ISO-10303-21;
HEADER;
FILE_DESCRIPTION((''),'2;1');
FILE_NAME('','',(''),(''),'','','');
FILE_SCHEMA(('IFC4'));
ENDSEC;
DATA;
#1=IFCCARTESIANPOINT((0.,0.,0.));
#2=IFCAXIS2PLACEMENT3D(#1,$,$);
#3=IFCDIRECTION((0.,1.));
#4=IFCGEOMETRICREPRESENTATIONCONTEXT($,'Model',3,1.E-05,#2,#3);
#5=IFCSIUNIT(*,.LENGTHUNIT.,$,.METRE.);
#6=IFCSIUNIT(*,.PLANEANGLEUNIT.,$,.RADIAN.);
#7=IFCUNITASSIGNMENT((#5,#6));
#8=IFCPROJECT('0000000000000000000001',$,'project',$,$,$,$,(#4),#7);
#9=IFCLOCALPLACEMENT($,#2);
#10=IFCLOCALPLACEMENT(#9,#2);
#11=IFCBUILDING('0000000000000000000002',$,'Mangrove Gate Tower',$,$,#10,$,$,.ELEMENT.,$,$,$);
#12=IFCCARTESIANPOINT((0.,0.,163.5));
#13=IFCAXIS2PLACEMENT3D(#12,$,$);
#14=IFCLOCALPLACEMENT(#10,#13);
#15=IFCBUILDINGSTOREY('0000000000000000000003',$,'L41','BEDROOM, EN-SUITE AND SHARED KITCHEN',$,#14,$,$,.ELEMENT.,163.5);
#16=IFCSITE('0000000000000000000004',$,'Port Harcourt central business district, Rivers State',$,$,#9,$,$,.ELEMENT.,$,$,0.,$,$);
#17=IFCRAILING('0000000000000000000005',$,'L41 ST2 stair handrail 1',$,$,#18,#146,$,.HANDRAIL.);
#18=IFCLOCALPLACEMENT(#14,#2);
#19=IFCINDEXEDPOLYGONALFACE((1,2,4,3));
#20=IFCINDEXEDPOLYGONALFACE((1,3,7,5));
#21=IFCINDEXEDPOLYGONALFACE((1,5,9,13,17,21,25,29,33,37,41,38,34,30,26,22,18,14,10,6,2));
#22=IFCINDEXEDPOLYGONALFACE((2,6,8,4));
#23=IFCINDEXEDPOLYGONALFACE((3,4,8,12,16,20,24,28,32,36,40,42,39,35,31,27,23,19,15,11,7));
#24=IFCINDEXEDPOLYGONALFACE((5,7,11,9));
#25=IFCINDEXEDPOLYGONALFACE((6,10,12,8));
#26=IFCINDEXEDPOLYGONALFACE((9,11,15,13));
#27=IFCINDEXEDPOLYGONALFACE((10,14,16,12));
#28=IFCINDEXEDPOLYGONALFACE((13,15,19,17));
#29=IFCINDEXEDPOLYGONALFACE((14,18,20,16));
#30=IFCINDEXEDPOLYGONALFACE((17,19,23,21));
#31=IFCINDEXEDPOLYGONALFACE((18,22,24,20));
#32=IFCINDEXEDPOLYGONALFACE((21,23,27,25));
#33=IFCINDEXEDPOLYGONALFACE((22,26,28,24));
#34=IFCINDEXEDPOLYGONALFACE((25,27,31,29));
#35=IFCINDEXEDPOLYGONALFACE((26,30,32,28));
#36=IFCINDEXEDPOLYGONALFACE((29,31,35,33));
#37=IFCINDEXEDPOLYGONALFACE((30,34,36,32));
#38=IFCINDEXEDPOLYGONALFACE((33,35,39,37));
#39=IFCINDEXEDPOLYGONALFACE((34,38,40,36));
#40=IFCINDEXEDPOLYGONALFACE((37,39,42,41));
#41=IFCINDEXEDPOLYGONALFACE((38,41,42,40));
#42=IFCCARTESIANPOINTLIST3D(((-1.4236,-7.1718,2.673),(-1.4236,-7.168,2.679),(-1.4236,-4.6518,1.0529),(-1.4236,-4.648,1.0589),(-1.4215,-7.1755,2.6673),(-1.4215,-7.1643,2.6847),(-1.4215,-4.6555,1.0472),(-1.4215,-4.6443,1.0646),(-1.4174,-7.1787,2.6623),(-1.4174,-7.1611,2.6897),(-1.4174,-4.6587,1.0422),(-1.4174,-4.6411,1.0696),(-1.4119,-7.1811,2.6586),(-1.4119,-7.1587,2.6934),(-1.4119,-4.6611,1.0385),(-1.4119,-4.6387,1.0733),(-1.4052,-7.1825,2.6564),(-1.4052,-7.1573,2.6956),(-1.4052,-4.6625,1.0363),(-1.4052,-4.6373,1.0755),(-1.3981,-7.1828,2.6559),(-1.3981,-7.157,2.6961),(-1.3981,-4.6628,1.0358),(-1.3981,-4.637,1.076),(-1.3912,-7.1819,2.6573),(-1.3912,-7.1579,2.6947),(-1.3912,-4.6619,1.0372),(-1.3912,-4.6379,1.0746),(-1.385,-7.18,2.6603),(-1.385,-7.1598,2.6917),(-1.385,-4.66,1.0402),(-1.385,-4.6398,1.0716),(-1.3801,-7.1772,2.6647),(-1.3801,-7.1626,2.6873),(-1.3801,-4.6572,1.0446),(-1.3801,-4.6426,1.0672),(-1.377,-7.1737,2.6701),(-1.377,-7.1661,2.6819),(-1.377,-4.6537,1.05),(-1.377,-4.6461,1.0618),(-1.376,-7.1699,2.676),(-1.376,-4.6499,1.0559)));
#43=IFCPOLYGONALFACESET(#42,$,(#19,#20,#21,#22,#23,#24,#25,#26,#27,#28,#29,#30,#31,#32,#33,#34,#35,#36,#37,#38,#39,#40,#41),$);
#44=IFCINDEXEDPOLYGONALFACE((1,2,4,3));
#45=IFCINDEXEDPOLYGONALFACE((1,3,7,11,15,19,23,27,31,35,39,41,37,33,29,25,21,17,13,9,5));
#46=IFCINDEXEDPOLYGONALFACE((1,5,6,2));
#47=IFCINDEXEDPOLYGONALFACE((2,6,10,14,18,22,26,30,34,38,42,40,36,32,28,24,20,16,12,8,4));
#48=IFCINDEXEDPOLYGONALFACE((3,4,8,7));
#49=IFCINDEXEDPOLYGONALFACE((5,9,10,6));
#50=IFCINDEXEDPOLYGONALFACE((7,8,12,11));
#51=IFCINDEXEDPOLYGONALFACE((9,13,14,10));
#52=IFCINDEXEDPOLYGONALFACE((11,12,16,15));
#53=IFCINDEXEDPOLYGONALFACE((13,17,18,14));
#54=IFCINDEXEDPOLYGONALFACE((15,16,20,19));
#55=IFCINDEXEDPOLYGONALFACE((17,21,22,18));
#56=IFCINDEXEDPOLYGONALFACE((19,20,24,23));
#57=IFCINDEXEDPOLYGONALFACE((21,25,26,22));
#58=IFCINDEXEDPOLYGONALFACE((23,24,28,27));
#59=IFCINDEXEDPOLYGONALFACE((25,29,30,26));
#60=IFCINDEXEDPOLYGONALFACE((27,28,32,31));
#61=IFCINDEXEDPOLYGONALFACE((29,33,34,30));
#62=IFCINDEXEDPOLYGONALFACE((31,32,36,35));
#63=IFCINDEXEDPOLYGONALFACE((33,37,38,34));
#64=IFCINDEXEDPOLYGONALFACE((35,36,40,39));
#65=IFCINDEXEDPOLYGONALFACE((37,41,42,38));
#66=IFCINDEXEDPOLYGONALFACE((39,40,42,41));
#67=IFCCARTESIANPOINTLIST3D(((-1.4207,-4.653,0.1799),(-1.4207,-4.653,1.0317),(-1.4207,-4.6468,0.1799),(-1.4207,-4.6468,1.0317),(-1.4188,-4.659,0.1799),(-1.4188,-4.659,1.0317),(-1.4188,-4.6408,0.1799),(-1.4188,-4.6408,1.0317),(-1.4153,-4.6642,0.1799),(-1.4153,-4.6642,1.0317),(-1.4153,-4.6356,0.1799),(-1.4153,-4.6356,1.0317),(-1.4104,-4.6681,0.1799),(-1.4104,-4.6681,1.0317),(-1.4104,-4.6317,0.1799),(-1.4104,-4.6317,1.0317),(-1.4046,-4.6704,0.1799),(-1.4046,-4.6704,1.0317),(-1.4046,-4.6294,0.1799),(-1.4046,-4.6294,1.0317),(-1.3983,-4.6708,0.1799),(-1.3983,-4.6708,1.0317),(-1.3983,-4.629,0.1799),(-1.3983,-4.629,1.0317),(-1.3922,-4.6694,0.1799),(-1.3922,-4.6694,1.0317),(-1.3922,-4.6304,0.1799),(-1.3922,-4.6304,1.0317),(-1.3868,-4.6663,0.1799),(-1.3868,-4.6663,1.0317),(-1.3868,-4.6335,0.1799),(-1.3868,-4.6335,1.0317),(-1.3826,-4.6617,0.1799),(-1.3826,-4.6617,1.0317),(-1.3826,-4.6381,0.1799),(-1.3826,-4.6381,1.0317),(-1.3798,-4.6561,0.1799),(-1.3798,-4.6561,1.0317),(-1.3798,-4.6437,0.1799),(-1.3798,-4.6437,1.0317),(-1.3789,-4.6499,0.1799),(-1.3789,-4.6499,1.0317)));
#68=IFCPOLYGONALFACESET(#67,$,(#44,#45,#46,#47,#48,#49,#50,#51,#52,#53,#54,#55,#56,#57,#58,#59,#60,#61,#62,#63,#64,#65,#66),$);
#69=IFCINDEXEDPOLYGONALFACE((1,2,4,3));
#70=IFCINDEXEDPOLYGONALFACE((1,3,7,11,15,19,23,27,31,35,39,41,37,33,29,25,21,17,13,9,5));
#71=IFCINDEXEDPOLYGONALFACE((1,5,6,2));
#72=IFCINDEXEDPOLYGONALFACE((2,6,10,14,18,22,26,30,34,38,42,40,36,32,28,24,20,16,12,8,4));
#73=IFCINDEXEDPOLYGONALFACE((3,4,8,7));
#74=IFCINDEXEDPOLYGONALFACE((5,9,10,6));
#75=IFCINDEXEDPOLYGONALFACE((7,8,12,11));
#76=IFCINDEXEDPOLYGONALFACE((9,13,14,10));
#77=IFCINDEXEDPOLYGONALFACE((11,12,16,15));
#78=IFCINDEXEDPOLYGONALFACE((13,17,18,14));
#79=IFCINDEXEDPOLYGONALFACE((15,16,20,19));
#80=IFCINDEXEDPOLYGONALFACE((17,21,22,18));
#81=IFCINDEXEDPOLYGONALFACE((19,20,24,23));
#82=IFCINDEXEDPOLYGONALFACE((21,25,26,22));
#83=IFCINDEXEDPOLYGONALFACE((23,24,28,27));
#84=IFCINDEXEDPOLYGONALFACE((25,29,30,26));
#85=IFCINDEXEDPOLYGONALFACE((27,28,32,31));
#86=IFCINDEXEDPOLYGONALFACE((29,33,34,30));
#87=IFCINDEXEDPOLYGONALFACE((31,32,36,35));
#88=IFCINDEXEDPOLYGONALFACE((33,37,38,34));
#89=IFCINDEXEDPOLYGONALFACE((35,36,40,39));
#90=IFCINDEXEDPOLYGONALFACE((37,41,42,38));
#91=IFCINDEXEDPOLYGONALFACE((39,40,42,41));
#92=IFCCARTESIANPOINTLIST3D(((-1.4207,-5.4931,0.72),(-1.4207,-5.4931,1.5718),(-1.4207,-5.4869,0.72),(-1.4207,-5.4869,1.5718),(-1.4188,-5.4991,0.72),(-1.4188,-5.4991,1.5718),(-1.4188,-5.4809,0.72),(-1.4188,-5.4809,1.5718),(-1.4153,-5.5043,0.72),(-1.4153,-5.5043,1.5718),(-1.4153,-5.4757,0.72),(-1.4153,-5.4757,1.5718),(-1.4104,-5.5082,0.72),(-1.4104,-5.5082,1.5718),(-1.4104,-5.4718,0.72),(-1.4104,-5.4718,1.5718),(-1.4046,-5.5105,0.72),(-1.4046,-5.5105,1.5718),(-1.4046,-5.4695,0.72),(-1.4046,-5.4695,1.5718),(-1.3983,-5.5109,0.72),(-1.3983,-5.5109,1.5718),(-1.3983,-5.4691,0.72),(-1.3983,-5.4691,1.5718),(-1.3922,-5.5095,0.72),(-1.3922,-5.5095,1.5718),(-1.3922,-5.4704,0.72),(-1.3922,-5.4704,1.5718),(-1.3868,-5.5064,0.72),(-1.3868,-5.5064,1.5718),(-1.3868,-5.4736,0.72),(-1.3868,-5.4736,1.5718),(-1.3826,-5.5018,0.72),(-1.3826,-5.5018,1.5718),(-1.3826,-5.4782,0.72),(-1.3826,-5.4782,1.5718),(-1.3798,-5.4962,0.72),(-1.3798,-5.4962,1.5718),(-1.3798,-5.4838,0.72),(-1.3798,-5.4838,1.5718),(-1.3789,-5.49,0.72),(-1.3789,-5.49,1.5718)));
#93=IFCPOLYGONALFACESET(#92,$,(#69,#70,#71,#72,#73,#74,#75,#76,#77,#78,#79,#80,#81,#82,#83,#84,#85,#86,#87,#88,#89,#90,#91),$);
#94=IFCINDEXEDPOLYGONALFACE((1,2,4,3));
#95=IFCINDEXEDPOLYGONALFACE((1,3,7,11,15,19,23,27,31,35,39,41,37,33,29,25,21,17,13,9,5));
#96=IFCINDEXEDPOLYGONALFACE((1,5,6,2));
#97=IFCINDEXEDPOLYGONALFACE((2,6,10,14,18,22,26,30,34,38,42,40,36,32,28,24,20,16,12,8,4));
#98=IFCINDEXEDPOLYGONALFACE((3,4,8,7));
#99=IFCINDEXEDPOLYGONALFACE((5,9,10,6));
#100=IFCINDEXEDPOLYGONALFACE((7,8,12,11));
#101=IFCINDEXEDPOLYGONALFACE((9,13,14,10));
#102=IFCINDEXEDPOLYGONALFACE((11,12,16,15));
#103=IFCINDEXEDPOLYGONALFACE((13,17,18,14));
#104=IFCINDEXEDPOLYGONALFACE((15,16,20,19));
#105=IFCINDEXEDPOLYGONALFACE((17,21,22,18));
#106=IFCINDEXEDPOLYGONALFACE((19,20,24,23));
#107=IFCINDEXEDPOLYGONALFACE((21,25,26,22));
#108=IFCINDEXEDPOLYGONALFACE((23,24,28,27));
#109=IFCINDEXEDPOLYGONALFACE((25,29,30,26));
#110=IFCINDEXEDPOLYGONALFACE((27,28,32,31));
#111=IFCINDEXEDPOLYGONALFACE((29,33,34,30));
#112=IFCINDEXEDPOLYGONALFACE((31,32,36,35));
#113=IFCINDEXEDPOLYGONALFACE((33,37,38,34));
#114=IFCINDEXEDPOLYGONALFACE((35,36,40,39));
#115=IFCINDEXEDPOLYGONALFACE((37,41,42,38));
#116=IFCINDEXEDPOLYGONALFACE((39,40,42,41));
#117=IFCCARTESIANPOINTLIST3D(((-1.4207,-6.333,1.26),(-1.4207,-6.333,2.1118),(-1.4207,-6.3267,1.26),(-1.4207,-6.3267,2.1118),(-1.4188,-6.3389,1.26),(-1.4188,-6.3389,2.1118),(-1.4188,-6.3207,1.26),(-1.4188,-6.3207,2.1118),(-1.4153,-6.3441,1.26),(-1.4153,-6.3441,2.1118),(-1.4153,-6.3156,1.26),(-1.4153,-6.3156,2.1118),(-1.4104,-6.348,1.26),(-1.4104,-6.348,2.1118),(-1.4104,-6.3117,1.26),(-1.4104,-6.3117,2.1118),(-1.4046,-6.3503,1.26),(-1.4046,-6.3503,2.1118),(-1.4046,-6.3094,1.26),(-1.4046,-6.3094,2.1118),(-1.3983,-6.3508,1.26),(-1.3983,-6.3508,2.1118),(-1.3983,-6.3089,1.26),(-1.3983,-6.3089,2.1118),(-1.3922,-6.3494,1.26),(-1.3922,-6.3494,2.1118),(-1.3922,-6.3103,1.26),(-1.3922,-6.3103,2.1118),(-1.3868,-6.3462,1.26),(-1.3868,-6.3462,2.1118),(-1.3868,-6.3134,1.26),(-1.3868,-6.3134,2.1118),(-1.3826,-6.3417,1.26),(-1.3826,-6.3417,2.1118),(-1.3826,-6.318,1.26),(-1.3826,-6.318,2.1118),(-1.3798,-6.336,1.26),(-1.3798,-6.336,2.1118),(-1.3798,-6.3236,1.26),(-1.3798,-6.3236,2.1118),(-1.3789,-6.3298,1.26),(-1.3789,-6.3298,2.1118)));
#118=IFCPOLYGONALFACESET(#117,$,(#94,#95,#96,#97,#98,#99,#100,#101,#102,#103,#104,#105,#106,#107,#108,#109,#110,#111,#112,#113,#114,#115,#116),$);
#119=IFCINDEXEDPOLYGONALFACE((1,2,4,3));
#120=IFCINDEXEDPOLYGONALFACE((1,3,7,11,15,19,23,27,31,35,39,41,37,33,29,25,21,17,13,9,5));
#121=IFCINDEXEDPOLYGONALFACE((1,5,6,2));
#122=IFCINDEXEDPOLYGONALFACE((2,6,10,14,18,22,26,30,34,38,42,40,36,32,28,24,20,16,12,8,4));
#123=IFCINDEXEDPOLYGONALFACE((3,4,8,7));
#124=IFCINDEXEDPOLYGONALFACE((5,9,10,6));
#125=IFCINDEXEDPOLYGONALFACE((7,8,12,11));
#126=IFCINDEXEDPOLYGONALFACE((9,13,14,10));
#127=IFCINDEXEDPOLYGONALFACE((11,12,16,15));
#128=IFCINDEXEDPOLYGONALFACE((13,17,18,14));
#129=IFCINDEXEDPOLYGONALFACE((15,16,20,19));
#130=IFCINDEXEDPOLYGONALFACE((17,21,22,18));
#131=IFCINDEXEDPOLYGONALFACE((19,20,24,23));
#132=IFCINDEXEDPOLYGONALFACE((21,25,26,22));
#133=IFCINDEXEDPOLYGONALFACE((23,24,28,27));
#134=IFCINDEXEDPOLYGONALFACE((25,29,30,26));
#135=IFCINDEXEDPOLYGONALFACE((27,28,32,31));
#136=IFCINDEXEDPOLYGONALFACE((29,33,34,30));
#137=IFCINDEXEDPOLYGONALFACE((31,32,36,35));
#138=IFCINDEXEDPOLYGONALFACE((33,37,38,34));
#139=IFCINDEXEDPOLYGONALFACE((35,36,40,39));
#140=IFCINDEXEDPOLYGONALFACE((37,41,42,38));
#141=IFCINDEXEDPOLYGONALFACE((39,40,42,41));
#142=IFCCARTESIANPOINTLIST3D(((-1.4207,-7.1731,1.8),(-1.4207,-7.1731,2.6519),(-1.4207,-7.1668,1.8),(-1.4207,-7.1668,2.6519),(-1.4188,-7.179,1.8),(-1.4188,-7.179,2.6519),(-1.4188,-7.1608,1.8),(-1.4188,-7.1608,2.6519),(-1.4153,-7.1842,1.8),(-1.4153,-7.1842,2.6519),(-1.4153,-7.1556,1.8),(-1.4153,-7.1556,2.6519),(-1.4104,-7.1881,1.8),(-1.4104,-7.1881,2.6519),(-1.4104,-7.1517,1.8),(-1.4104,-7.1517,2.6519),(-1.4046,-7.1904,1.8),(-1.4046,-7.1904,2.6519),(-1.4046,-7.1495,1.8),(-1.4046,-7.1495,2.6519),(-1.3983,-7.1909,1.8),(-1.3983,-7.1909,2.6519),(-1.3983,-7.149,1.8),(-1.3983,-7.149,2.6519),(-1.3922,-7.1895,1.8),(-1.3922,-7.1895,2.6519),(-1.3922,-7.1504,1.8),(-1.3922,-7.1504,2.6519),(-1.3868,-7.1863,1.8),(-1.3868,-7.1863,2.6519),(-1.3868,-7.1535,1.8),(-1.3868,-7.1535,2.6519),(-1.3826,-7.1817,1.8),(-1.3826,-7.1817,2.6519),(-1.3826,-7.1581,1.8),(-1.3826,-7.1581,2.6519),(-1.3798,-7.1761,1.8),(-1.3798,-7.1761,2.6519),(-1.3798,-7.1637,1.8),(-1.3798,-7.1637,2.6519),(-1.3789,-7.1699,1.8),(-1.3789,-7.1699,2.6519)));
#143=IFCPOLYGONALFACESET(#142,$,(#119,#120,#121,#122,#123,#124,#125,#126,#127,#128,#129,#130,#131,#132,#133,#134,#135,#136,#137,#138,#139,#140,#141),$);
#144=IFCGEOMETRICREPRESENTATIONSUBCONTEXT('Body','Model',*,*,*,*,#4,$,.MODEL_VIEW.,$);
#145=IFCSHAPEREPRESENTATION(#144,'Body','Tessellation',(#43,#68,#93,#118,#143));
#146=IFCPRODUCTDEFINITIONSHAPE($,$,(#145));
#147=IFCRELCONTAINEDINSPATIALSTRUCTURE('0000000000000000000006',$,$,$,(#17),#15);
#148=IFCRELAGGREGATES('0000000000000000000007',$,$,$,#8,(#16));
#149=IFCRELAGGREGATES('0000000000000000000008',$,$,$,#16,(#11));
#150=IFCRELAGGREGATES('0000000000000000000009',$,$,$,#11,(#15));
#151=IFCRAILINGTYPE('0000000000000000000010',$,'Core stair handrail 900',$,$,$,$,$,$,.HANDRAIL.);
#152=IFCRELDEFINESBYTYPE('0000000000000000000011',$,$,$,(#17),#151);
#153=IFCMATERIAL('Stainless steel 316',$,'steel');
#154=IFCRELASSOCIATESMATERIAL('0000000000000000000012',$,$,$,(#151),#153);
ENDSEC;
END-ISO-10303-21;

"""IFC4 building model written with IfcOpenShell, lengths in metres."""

from ifc_helpers import new_model, si_unit, direction, frame, origin, origin_2d, place, context, subcontext, project, spatial, circle, extrude, material, type_object, element, save


model = new_model("IFC4")

# Units and contexts
model_context = context("Model", 3, precision=1e-05, world=origin(), true_north=direction((0.0, 1.0)))
body_context = subcontext(model_context, "Body", "Model", "MODEL_VIEW")
ifc_project = project(units=[si_unit("LENGTHUNIT", "METRE"), si_unit("PLANEANGLEUNIT", "RADIAN")], contexts=[model_context])

# Site, building, storey
site_placement = place(None, origin())
site = spatial("IfcSite", under=ifc_project, at=site_placement, Name="Port Harcourt central business district, Rivers State", CompositionType="ELEMENT", RefElevation=0.0)
building_placement = place(site_placement, origin())
building = spatial("IfcBuilding", under=site, at=building_placement, Name="Mangrove Gate Tower", CompositionType="ELEMENT")
storey_placement = place(building_placement, frame((0.0, 0.0, 163.5)))
storey = spatial("IfcBuildingStorey", under=building, at=storey_placement, Name="L41", Description="BEDROOM, EN-SUITE AND SHARED KITCHEN", CompositionType="ELEMENT", Elevation=163.5)

# Railing
ifc_material_1 = material(Name="Stainless steel 316", Category="steel")
railing_type_1 = type_object("IfcRailingType", Name="Core stair handrail 900", PredefinedType="HANDRAIL", material=ifc_material_1)
railing_1_placement = place(storey_placement, frame((-1.3999, -4.6499, 0.1799)))
element("IfcRailing", 1, at=railing_1_placement, inside=storey, type_object=railing_type_1, Name="L41 ST2 stair handrail 1", PredefinedType="HANDRAIL", context=body_context, shape_type="SweptSolid", body=[
    extrude(circle(Radius=0.0239, at=origin_2d()), frame((0.0, 0.0, 0.876), z_axis=(0.0, -0.841163, 0.540782), x_axis=(1.0, 0.0, 0.0)), (0.0, 0.0, 1.0), 2.9958),
    extrude(circle(Radius=0.021, at=origin_2d()), origin(), (0.0, 0.0, 1.0), 0.8518),
    extrude(circle(Radius=0.021, at=origin_2d()), frame((0.0, -0.8401, 0.54)), (0.0, 0.0, 1.0), 0.8518),
    extrude(circle(Radius=0.021, at=origin_2d()), frame((0.0, -1.6799, 1.0801)), (0.0, 0.0, 1.0), 0.8518),
    extrude(circle(Radius=0.021, at=origin_2d()), frame((0.0, -2.52, 1.6201)), (0.0, 0.0, 1.0), 0.8518),
])

save(model, "model.ifc")
